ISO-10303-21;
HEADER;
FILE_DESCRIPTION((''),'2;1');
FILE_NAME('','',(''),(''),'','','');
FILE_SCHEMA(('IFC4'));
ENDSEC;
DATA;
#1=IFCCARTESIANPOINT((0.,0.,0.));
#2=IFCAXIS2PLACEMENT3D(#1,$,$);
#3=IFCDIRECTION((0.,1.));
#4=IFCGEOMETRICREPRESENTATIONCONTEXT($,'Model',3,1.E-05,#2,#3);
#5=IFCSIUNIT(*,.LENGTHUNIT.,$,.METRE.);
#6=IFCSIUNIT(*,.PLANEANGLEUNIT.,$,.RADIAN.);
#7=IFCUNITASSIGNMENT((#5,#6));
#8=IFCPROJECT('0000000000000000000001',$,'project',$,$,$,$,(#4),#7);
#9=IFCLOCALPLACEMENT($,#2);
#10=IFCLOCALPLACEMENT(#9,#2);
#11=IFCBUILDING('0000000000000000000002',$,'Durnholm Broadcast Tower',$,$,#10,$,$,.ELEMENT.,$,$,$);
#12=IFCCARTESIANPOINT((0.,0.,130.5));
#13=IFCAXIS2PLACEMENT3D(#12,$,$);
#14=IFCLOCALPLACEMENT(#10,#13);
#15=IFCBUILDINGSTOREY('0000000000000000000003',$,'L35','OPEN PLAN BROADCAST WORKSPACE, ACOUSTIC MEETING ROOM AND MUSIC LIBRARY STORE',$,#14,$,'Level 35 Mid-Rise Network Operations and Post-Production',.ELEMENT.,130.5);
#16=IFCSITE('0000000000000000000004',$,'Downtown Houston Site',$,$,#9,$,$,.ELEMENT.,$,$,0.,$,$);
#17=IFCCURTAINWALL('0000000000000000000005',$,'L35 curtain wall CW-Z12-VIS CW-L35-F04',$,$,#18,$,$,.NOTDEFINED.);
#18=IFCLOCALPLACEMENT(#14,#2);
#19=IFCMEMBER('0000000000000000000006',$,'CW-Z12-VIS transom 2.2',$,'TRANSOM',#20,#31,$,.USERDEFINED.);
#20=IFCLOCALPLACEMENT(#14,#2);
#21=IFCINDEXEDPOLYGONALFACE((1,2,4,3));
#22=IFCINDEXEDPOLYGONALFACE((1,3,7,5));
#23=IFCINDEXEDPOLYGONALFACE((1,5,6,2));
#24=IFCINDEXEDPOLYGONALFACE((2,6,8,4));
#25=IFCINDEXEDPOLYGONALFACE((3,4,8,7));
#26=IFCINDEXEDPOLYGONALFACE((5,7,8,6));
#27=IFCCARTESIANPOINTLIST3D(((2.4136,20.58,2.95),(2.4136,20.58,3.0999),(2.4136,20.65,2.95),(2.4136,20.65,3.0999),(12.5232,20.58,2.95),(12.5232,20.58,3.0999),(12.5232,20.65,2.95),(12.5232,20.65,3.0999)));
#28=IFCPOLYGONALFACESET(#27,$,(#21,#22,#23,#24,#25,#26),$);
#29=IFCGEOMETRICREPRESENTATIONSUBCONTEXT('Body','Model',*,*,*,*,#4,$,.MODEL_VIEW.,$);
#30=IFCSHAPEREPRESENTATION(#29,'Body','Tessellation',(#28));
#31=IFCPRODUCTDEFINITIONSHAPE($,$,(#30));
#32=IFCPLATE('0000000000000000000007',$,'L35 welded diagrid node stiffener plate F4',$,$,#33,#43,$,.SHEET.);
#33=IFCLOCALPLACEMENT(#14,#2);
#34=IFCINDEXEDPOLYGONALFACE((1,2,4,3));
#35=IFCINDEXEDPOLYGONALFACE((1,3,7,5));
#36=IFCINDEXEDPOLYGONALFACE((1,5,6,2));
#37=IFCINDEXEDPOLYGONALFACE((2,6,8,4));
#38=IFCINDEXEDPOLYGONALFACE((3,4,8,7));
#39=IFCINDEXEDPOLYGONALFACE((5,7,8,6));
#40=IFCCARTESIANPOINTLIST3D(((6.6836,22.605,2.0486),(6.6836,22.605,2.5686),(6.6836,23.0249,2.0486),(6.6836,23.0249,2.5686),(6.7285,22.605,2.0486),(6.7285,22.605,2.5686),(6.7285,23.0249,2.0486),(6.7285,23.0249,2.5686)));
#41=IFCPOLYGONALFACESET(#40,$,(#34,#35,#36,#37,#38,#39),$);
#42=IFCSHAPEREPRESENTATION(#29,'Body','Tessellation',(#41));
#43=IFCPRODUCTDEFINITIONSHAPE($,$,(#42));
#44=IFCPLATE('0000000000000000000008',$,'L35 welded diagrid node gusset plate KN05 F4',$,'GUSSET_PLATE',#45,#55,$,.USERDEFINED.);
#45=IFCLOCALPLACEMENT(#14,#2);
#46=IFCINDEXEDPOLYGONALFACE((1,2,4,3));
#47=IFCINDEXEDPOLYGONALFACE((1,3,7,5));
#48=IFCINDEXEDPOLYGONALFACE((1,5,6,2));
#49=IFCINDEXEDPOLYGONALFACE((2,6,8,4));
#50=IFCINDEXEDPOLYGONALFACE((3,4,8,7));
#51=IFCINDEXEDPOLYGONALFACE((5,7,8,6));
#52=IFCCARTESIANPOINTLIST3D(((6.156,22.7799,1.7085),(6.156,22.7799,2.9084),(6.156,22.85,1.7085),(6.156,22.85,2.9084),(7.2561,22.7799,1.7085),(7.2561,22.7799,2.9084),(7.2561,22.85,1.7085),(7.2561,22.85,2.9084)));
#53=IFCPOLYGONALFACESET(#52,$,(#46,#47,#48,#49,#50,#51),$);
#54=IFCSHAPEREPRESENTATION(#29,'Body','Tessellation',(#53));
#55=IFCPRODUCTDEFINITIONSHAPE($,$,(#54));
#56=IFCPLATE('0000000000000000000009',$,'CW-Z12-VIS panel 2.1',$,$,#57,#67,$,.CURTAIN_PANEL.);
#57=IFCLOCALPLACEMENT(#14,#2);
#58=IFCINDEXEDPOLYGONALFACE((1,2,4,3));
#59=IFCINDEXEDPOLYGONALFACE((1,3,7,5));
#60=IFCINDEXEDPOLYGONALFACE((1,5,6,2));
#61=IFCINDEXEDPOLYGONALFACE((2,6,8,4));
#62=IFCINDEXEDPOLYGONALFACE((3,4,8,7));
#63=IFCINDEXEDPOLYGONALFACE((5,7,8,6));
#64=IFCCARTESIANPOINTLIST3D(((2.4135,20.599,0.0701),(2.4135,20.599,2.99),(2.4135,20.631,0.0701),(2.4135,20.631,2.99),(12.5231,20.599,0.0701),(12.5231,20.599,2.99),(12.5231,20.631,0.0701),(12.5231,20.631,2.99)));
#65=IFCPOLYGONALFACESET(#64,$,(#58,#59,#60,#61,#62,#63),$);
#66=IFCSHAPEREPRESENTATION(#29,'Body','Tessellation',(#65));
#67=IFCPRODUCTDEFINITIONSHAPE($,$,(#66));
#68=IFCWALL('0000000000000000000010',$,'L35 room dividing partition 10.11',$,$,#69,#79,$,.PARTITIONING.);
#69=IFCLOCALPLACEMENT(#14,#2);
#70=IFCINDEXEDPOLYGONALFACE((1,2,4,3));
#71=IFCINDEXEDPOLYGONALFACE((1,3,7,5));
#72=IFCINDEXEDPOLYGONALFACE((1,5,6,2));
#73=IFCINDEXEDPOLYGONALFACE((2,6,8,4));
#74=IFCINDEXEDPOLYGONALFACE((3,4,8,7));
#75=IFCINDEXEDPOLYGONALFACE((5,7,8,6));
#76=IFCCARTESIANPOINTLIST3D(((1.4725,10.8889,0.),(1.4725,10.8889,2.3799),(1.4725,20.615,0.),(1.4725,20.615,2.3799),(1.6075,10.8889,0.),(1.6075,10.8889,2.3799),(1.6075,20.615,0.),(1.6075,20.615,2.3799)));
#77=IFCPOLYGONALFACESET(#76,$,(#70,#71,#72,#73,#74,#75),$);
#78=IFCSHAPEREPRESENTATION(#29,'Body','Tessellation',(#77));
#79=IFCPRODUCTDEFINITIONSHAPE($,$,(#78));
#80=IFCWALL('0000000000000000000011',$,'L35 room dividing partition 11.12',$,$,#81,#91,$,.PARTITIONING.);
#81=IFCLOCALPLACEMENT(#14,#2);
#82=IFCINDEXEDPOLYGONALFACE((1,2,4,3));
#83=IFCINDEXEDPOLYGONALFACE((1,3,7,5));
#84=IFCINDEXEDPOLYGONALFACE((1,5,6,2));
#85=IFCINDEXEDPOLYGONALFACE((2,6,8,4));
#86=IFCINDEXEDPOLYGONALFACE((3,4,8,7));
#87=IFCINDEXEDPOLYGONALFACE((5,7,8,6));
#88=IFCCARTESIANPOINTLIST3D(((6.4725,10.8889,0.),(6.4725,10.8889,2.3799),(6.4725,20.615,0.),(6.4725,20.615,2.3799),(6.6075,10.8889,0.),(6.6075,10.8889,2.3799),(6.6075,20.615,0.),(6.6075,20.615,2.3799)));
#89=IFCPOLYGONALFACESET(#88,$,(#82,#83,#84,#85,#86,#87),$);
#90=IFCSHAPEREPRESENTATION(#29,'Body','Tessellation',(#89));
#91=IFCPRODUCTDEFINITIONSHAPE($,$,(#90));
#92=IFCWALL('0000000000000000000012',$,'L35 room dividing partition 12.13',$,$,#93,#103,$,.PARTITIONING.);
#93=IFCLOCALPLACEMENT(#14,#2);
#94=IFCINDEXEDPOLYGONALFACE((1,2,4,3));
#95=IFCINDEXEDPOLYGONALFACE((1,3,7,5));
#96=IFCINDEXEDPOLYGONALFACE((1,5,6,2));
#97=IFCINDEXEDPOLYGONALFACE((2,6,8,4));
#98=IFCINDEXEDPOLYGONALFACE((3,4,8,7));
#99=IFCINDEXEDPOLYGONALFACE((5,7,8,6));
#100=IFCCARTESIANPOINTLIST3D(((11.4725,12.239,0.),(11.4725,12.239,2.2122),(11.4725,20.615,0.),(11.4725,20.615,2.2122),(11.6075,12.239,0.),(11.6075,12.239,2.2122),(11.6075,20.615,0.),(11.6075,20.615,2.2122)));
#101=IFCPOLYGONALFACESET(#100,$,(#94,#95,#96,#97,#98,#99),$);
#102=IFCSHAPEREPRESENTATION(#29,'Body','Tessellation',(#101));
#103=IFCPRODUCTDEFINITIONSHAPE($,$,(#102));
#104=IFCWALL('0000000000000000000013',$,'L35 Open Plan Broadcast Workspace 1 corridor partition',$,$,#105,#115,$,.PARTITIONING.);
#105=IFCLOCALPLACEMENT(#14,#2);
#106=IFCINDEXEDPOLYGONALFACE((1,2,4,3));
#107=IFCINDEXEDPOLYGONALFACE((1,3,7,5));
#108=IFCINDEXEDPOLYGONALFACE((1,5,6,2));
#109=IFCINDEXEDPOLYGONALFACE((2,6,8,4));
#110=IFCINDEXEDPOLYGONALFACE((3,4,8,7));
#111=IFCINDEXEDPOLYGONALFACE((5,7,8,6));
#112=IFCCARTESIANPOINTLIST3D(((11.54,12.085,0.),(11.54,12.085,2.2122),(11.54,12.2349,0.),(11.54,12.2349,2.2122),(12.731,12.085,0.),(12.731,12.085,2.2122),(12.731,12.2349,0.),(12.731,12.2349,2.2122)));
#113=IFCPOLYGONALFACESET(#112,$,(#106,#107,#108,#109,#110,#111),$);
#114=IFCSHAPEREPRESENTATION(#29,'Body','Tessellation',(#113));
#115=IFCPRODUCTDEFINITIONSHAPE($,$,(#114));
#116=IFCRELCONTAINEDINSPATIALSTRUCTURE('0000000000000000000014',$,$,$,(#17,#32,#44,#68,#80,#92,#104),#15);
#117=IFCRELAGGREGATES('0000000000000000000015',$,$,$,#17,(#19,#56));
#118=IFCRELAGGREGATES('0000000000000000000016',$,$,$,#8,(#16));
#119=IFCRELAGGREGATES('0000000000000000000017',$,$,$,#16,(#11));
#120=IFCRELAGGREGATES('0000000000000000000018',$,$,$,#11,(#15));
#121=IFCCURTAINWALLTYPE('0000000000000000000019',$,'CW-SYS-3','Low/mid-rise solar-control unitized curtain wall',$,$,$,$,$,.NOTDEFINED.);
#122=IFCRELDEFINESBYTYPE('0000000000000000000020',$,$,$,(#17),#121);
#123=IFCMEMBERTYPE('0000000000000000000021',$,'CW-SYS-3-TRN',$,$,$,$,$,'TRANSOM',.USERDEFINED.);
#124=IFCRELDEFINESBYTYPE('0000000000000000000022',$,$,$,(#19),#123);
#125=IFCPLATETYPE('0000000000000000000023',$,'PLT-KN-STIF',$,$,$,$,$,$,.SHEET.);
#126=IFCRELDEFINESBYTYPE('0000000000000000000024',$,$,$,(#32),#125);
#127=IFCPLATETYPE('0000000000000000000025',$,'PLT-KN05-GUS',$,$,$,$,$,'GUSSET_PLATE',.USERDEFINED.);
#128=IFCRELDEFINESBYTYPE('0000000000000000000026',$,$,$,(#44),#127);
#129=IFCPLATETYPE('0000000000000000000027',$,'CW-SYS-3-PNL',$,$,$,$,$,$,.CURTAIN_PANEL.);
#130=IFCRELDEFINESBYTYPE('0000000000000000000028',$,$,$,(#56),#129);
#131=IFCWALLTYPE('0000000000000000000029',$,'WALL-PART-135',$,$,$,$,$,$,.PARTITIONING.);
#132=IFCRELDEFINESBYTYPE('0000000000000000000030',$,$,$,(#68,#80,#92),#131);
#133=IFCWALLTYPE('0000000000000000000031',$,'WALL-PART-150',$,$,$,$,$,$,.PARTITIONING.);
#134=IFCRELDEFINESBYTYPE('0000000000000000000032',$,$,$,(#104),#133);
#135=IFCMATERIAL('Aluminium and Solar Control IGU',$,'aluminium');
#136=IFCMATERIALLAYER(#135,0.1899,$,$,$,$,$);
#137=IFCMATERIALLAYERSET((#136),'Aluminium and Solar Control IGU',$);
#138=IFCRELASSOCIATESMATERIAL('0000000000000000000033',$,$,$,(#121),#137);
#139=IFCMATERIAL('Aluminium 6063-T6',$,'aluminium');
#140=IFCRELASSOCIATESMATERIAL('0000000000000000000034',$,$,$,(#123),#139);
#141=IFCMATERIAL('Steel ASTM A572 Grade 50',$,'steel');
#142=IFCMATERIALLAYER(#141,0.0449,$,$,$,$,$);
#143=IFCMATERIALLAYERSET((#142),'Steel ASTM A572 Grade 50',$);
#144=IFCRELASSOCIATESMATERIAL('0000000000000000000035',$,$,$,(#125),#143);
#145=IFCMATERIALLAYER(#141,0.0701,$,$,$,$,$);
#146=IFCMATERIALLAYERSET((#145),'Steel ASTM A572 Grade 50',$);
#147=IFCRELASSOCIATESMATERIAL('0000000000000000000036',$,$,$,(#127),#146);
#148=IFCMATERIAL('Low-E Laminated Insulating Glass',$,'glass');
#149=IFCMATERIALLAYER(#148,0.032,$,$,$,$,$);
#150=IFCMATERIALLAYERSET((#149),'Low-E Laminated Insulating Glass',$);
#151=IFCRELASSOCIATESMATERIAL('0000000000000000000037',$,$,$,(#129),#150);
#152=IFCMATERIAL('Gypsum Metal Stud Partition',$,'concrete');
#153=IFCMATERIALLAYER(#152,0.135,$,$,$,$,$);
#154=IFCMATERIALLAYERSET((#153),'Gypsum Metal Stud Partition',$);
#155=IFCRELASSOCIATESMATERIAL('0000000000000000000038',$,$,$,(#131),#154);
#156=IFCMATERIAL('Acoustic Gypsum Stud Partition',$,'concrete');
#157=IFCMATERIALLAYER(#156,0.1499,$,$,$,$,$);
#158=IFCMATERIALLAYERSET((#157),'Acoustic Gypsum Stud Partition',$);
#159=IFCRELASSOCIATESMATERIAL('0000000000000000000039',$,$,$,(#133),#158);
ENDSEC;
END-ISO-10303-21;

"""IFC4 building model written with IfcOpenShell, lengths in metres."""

from ifc_helpers import new_model, si_unit, direction, frame, frame_2d, origin, origin_2d, place, context, subcontext, project, spatial, rectangle, extrude, source, transform, mapped, material, layer, layer_set, material_profile, profile_set, type_object, type_shapes, element, aggregate, save


model = new_model("IFC4")

# Units and contexts
model_context = context("Model", 3, precision=1e-05, world=origin(), true_north=direction((0.0, 1.0)))
body_context = subcontext(model_context, "Body", "Model", "MODEL_VIEW")
ifc_project = project(units=[si_unit("LENGTHUNIT", "METRE"), si_unit("PLANEANGLEUNIT", "RADIAN")], contexts=[model_context])

# Site, building, storey
site_placement = place(None, origin())
site = spatial("IfcSite", under=ifc_project, at=site_placement, Name="Downtown Houston Site", CompositionType="ELEMENT", RefElevation=0.0)
building_placement = place(site_placement, origin())
building = spatial("IfcBuilding", under=site, at=building_placement, Name="Durnholm Broadcast Tower", CompositionType="ELEMENT")
storey_placement = place(building_placement, frame((0.0, 0.0, 130.5)))
storey = spatial("IfcBuildingStorey", under=building, at=storey_placement, Name="L35", Description="OPEN PLAN BROADCAST WORKSPACE, ACOUSTIC MEETING ROOM AND MUSIC LIBRARY STORE", LongName="Level 35 Mid-Rise Network Operations and Post-Production", CompositionType="ELEMENT", Elevation=130.5)

# Shared definitions
ifc_material_1 = material(Name="Aluminium and Solar Control IGU", Category="aluminium")
ifc_material_2 = material(Name="Aluminium 6063-T6", Category="aluminium")

# Curtain wall
ifc_layer_1 = layer(ifc_material_1, 0.1899)
ifc_layer_set_1 = layer_set([ifc_layer_1], Name="Aluminium and Solar Control IGU")
curtain_wall_type_1 = type_object("IfcCurtainWallType", Name="CW-SYS-3", Description="Low/mid-rise solar-control unitized curtain wall", PredefinedType="NOTDEFINED", material=ifc_layer_set_1)
curtain_wall_1_placement = place(storey_placement, origin())
curtain_wall_1 = element("IfcCurtainWall", 1, at=curtain_wall_1_placement, inside=storey, type_object=curtain_wall_type_1, Name="L35 curtain wall CW-Z12-VIS CW-L35-F04", PredefinedType="NOTDEFINED")

# Member
ifc_material_profile_1 = material_profile(ifc_material_2, rectangle(XDim=0.0701, YDim=0.1499, at=origin_2d()), Name="CWT70X150")
ifc_profile_set_1 = profile_set([ifc_material_profile_1], Name="Aluminium 6063-T6")
member_type_1 = type_object("IfcMemberType", Name="CW-SYS-3-TRN", ElementType="TRANSOM", PredefinedType="USERDEFINED", material=ifc_profile_set_1)
shared_shape_1 = source(origin(), body_context, "Body", "SweptSolid", [
    extrude(rectangle(XDim=0.0701, YDim=0.1499, at=origin_2d()), origin(), (0.0, 0.0, 1.0), 10.1096),
])
type_shapes(member_type_1, [shared_shape_1])
member_1_placement = place(storey_placement, frame((2.4136, 20.615, 3.0249), z_axis=(1.0, 0.0, 0.0), x_axis=(0.0, 1.0, 0.0)))
member_1 = element("IfcMember", 2, at=member_1_placement, type_object=member_type_1, Name="CW-Z12-VIS transom 2.2", ObjectType="TRANSOM", PredefinedType="USERDEFINED", context=body_context, shape_type="MappedRepresentation", body=[
    mapped(shared_shape_1, transform((0.0, 0.0, 0.0), x_axis=(1.0, 0.0, 0.0), y_axis=(0.0, 1.0, 0.0), z_axis=(0.0, 0.0, 1.0), scale=1.0)),
])

# Plates
ifc_material_3 = material(Name="Steel ASTM A572 Grade 50", Category="steel")
ifc_layer_2 = layer(ifc_material_3, 0.0449)
ifc_layer_set_2 = layer_set([ifc_layer_2], Name="Steel ASTM A572 Grade 50")
plate_type_1 = type_object("IfcPlateType", Name="PLT-KN-STIF", PredefinedType="SHEET", material=ifc_layer_set_2)
shared_shape_2 = source(origin(), body_context, "Body", "SweptSolid", [
    extrude(rectangle(XDim=0.0449, YDim=0.4199, at=origin_2d()), origin(), (0.0, 0.0, 1.0), 0.52),
])
type_shapes(plate_type_1, [shared_shape_2])
plate_1_placement = place(storey_placement, frame((6.7061, 22.8149, 2.0486), z_axis=(0.0, 0.0, 1.0), x_axis=(-1.0, 0.0, 0.0)))
element("IfcPlate", 3, at=plate_1_placement, inside=storey, type_object=plate_type_1, Name="L35 welded diagrid node stiffener plate F4", PredefinedType="SHEET", context=body_context, shape_type="MappedRepresentation", body=[
    mapped(shared_shape_2, transform((0.0, 0.0, 0.0), x_axis=(1.0, 0.0, 0.0), y_axis=(0.0, 1.0, 0.0), z_axis=(0.0, 0.0, 1.0), scale=1.0)),
])
ifc_layer_3 = layer(ifc_material_3, 0.0701)
ifc_layer_set_3 = layer_set([ifc_layer_3], Name="Steel ASTM A572 Grade 50")
plate_type_2 = type_object("IfcPlateType", Name="PLT-KN05-GUS", ElementType="GUSSET_PLATE", PredefinedType="USERDEFINED", material=ifc_layer_set_3)
shared_shape_3 = source(origin(), body_context, "Body", "SweptSolid", [
    extrude(rectangle(XDim=1.1001, YDim=0.0701, at=origin_2d()), origin(), (0.0, 0.0, 1.0), 1.2),
])
type_shapes(plate_type_2, [shared_shape_3])
plate_2_placement = place(storey_placement, frame((6.7061, 22.8149, 1.7085), z_axis=(0.0, 0.0, 1.0), x_axis=(-1.0, 0.0, 0.0)))
element("IfcPlate", 4, at=plate_2_placement, inside=storey, type_object=plate_type_2, Name="L35 welded diagrid node gusset plate KN05 F4", ObjectType="GUSSET_PLATE", PredefinedType="USERDEFINED", context=body_context, shape_type="MappedRepresentation", body=[
    mapped(shared_shape_3, transform((0.0, 0.0, 0.0), x_axis=(1.0, 0.0, 0.0), y_axis=(0.0, 1.0, 0.0), z_axis=(0.0, 0.0, 1.0), scale=1.0)),
])

# Plate
ifc_material_4 = material(Name="Low-E Laminated Insulating Glass", Category="glass")
ifc_layer_4 = layer(ifc_material_4, 0.032)
ifc_layer_set_4 = layer_set([ifc_layer_4], Name="Low-E Laminated Insulating Glass")
plate_type_3 = type_object("IfcPlateType", Name="CW-SYS-3-PNL", PredefinedType="CURTAIN_PANEL", material=ifc_layer_set_4)
shared_shape_4 = source(origin(), body_context, "Body", "SweptSolid", [
    extrude(rectangle(XDim=10.1096, YDim=0.032, at=origin_2d()), origin(), (0.0, 0.0, 1.0), 2.9199),
])
type_shapes(plate_type_3, [shared_shape_4])
plate_3_placement = place(storey_placement, frame((7.4683, 20.615, 0.0701), z_axis=(0.0, 0.0, 1.0), x_axis=(1.0, 0.0, 0.0)))
plate_3 = element("IfcPlate", 5, at=plate_3_placement, type_object=plate_type_3, Name="CW-Z12-VIS panel 2.1", PredefinedType="CURTAIN_PANEL", context=body_context, shape_type="MappedRepresentation", body=[
    mapped(shared_shape_4, transform((0.0, 0.0, 0.0), x_axis=(1.0, 0.0, 0.0), y_axis=(0.0, 1.0, 0.0), z_axis=(0.0, 0.0, 1.0), scale=1.0)),
])
aggregate(curtain_wall_1, [member_1, plate_3])

# Walls
ifc_material_5 = material(Name="Gypsum Metal Stud Partition", Category="concrete")
ifc_layer_5 = layer(ifc_material_5, 0.135)
ifc_layer_set_5 = layer_set([ifc_layer_5], Name="Gypsum Metal Stud Partition")
wall_type_1 = type_object("IfcWallType", Name="WALL-PART-135", PredefinedType="PARTITIONING", material=ifc_layer_set_5)
for number, where, z_axis, x_axis, name in (
    (6, (1.54, 20.615, 0.0), (0.0, 0.0, 1.0), (0.0, -1.0, 0.0), "L35 room dividing partition 10.11"),
    (7, (6.54, 20.615, 0.0), (0.0, 0.0, 1.0), (0.0, -1.0, 0.0), "L35 room dividing partition 11.12"),
):
    element("IfcWall", number, at=place(storey_placement, frame(where, z_axis=z_axis, x_axis=x_axis)), inside=storey, type_object=wall_type_1, Name=name, PredefinedType="PARTITIONING", context=body_context, shape_type="SweptSolid", body=[
        extrude(rectangle(XDim=9.7261, YDim=0.135, at=frame_2d((4.863, 0.0))), origin(), (0.0, 0.0, 1.0), 2.3799),
    ])
wall_1_placement = place(storey_placement, frame((11.54, 20.615, 0.0), z_axis=(0.0, 0.0, 1.0), x_axis=(0.0, -1.0, 0.0)))
element("IfcWall", 8, at=wall_1_placement, inside=storey, type_object=wall_type_1, Name="L35 room dividing partition 12.13", PredefinedType="PARTITIONING", context=body_context, shape_type="SweptSolid", body=[
    extrude(rectangle(XDim=8.376, YDim=0.135, at=frame_2d((4.188, 0.0))), origin(), (0.0, 0.0, 1.0), 2.2122),
])
ifc_material_6 = material(Name="Acoustic Gypsum Stud Partition", Category="concrete")
ifc_layer_6 = layer(ifc_material_6, 0.1499)
ifc_layer_set_6 = layer_set([ifc_layer_6], Name="Acoustic Gypsum Stud Partition")
wall_type_2 = type_object("IfcWallType", Name="WALL-PART-150", PredefinedType="PARTITIONING", material=ifc_layer_set_6)
wall_2_placement = place(storey_placement, frame((12.731, 12.1599, 0.0), z_axis=(0.0, 0.0, 1.0), x_axis=(-1.0, 0.0, 0.0)))
element("IfcWall", 9, at=wall_2_placement, inside=storey, type_object=wall_type_2, Name="L35 Open Plan Broadcast Workspace 1 corridor partition", PredefinedType="PARTITIONING", context=body_context, shape_type="SweptSolid", body=[
    extrude(rectangle(XDim=1.1909, YDim=0.1499, at=frame_2d((0.5955, 0.0))), origin(), (0.0, 0.0, 1.0), 2.2122),
])

save(model, "model.ifc")
